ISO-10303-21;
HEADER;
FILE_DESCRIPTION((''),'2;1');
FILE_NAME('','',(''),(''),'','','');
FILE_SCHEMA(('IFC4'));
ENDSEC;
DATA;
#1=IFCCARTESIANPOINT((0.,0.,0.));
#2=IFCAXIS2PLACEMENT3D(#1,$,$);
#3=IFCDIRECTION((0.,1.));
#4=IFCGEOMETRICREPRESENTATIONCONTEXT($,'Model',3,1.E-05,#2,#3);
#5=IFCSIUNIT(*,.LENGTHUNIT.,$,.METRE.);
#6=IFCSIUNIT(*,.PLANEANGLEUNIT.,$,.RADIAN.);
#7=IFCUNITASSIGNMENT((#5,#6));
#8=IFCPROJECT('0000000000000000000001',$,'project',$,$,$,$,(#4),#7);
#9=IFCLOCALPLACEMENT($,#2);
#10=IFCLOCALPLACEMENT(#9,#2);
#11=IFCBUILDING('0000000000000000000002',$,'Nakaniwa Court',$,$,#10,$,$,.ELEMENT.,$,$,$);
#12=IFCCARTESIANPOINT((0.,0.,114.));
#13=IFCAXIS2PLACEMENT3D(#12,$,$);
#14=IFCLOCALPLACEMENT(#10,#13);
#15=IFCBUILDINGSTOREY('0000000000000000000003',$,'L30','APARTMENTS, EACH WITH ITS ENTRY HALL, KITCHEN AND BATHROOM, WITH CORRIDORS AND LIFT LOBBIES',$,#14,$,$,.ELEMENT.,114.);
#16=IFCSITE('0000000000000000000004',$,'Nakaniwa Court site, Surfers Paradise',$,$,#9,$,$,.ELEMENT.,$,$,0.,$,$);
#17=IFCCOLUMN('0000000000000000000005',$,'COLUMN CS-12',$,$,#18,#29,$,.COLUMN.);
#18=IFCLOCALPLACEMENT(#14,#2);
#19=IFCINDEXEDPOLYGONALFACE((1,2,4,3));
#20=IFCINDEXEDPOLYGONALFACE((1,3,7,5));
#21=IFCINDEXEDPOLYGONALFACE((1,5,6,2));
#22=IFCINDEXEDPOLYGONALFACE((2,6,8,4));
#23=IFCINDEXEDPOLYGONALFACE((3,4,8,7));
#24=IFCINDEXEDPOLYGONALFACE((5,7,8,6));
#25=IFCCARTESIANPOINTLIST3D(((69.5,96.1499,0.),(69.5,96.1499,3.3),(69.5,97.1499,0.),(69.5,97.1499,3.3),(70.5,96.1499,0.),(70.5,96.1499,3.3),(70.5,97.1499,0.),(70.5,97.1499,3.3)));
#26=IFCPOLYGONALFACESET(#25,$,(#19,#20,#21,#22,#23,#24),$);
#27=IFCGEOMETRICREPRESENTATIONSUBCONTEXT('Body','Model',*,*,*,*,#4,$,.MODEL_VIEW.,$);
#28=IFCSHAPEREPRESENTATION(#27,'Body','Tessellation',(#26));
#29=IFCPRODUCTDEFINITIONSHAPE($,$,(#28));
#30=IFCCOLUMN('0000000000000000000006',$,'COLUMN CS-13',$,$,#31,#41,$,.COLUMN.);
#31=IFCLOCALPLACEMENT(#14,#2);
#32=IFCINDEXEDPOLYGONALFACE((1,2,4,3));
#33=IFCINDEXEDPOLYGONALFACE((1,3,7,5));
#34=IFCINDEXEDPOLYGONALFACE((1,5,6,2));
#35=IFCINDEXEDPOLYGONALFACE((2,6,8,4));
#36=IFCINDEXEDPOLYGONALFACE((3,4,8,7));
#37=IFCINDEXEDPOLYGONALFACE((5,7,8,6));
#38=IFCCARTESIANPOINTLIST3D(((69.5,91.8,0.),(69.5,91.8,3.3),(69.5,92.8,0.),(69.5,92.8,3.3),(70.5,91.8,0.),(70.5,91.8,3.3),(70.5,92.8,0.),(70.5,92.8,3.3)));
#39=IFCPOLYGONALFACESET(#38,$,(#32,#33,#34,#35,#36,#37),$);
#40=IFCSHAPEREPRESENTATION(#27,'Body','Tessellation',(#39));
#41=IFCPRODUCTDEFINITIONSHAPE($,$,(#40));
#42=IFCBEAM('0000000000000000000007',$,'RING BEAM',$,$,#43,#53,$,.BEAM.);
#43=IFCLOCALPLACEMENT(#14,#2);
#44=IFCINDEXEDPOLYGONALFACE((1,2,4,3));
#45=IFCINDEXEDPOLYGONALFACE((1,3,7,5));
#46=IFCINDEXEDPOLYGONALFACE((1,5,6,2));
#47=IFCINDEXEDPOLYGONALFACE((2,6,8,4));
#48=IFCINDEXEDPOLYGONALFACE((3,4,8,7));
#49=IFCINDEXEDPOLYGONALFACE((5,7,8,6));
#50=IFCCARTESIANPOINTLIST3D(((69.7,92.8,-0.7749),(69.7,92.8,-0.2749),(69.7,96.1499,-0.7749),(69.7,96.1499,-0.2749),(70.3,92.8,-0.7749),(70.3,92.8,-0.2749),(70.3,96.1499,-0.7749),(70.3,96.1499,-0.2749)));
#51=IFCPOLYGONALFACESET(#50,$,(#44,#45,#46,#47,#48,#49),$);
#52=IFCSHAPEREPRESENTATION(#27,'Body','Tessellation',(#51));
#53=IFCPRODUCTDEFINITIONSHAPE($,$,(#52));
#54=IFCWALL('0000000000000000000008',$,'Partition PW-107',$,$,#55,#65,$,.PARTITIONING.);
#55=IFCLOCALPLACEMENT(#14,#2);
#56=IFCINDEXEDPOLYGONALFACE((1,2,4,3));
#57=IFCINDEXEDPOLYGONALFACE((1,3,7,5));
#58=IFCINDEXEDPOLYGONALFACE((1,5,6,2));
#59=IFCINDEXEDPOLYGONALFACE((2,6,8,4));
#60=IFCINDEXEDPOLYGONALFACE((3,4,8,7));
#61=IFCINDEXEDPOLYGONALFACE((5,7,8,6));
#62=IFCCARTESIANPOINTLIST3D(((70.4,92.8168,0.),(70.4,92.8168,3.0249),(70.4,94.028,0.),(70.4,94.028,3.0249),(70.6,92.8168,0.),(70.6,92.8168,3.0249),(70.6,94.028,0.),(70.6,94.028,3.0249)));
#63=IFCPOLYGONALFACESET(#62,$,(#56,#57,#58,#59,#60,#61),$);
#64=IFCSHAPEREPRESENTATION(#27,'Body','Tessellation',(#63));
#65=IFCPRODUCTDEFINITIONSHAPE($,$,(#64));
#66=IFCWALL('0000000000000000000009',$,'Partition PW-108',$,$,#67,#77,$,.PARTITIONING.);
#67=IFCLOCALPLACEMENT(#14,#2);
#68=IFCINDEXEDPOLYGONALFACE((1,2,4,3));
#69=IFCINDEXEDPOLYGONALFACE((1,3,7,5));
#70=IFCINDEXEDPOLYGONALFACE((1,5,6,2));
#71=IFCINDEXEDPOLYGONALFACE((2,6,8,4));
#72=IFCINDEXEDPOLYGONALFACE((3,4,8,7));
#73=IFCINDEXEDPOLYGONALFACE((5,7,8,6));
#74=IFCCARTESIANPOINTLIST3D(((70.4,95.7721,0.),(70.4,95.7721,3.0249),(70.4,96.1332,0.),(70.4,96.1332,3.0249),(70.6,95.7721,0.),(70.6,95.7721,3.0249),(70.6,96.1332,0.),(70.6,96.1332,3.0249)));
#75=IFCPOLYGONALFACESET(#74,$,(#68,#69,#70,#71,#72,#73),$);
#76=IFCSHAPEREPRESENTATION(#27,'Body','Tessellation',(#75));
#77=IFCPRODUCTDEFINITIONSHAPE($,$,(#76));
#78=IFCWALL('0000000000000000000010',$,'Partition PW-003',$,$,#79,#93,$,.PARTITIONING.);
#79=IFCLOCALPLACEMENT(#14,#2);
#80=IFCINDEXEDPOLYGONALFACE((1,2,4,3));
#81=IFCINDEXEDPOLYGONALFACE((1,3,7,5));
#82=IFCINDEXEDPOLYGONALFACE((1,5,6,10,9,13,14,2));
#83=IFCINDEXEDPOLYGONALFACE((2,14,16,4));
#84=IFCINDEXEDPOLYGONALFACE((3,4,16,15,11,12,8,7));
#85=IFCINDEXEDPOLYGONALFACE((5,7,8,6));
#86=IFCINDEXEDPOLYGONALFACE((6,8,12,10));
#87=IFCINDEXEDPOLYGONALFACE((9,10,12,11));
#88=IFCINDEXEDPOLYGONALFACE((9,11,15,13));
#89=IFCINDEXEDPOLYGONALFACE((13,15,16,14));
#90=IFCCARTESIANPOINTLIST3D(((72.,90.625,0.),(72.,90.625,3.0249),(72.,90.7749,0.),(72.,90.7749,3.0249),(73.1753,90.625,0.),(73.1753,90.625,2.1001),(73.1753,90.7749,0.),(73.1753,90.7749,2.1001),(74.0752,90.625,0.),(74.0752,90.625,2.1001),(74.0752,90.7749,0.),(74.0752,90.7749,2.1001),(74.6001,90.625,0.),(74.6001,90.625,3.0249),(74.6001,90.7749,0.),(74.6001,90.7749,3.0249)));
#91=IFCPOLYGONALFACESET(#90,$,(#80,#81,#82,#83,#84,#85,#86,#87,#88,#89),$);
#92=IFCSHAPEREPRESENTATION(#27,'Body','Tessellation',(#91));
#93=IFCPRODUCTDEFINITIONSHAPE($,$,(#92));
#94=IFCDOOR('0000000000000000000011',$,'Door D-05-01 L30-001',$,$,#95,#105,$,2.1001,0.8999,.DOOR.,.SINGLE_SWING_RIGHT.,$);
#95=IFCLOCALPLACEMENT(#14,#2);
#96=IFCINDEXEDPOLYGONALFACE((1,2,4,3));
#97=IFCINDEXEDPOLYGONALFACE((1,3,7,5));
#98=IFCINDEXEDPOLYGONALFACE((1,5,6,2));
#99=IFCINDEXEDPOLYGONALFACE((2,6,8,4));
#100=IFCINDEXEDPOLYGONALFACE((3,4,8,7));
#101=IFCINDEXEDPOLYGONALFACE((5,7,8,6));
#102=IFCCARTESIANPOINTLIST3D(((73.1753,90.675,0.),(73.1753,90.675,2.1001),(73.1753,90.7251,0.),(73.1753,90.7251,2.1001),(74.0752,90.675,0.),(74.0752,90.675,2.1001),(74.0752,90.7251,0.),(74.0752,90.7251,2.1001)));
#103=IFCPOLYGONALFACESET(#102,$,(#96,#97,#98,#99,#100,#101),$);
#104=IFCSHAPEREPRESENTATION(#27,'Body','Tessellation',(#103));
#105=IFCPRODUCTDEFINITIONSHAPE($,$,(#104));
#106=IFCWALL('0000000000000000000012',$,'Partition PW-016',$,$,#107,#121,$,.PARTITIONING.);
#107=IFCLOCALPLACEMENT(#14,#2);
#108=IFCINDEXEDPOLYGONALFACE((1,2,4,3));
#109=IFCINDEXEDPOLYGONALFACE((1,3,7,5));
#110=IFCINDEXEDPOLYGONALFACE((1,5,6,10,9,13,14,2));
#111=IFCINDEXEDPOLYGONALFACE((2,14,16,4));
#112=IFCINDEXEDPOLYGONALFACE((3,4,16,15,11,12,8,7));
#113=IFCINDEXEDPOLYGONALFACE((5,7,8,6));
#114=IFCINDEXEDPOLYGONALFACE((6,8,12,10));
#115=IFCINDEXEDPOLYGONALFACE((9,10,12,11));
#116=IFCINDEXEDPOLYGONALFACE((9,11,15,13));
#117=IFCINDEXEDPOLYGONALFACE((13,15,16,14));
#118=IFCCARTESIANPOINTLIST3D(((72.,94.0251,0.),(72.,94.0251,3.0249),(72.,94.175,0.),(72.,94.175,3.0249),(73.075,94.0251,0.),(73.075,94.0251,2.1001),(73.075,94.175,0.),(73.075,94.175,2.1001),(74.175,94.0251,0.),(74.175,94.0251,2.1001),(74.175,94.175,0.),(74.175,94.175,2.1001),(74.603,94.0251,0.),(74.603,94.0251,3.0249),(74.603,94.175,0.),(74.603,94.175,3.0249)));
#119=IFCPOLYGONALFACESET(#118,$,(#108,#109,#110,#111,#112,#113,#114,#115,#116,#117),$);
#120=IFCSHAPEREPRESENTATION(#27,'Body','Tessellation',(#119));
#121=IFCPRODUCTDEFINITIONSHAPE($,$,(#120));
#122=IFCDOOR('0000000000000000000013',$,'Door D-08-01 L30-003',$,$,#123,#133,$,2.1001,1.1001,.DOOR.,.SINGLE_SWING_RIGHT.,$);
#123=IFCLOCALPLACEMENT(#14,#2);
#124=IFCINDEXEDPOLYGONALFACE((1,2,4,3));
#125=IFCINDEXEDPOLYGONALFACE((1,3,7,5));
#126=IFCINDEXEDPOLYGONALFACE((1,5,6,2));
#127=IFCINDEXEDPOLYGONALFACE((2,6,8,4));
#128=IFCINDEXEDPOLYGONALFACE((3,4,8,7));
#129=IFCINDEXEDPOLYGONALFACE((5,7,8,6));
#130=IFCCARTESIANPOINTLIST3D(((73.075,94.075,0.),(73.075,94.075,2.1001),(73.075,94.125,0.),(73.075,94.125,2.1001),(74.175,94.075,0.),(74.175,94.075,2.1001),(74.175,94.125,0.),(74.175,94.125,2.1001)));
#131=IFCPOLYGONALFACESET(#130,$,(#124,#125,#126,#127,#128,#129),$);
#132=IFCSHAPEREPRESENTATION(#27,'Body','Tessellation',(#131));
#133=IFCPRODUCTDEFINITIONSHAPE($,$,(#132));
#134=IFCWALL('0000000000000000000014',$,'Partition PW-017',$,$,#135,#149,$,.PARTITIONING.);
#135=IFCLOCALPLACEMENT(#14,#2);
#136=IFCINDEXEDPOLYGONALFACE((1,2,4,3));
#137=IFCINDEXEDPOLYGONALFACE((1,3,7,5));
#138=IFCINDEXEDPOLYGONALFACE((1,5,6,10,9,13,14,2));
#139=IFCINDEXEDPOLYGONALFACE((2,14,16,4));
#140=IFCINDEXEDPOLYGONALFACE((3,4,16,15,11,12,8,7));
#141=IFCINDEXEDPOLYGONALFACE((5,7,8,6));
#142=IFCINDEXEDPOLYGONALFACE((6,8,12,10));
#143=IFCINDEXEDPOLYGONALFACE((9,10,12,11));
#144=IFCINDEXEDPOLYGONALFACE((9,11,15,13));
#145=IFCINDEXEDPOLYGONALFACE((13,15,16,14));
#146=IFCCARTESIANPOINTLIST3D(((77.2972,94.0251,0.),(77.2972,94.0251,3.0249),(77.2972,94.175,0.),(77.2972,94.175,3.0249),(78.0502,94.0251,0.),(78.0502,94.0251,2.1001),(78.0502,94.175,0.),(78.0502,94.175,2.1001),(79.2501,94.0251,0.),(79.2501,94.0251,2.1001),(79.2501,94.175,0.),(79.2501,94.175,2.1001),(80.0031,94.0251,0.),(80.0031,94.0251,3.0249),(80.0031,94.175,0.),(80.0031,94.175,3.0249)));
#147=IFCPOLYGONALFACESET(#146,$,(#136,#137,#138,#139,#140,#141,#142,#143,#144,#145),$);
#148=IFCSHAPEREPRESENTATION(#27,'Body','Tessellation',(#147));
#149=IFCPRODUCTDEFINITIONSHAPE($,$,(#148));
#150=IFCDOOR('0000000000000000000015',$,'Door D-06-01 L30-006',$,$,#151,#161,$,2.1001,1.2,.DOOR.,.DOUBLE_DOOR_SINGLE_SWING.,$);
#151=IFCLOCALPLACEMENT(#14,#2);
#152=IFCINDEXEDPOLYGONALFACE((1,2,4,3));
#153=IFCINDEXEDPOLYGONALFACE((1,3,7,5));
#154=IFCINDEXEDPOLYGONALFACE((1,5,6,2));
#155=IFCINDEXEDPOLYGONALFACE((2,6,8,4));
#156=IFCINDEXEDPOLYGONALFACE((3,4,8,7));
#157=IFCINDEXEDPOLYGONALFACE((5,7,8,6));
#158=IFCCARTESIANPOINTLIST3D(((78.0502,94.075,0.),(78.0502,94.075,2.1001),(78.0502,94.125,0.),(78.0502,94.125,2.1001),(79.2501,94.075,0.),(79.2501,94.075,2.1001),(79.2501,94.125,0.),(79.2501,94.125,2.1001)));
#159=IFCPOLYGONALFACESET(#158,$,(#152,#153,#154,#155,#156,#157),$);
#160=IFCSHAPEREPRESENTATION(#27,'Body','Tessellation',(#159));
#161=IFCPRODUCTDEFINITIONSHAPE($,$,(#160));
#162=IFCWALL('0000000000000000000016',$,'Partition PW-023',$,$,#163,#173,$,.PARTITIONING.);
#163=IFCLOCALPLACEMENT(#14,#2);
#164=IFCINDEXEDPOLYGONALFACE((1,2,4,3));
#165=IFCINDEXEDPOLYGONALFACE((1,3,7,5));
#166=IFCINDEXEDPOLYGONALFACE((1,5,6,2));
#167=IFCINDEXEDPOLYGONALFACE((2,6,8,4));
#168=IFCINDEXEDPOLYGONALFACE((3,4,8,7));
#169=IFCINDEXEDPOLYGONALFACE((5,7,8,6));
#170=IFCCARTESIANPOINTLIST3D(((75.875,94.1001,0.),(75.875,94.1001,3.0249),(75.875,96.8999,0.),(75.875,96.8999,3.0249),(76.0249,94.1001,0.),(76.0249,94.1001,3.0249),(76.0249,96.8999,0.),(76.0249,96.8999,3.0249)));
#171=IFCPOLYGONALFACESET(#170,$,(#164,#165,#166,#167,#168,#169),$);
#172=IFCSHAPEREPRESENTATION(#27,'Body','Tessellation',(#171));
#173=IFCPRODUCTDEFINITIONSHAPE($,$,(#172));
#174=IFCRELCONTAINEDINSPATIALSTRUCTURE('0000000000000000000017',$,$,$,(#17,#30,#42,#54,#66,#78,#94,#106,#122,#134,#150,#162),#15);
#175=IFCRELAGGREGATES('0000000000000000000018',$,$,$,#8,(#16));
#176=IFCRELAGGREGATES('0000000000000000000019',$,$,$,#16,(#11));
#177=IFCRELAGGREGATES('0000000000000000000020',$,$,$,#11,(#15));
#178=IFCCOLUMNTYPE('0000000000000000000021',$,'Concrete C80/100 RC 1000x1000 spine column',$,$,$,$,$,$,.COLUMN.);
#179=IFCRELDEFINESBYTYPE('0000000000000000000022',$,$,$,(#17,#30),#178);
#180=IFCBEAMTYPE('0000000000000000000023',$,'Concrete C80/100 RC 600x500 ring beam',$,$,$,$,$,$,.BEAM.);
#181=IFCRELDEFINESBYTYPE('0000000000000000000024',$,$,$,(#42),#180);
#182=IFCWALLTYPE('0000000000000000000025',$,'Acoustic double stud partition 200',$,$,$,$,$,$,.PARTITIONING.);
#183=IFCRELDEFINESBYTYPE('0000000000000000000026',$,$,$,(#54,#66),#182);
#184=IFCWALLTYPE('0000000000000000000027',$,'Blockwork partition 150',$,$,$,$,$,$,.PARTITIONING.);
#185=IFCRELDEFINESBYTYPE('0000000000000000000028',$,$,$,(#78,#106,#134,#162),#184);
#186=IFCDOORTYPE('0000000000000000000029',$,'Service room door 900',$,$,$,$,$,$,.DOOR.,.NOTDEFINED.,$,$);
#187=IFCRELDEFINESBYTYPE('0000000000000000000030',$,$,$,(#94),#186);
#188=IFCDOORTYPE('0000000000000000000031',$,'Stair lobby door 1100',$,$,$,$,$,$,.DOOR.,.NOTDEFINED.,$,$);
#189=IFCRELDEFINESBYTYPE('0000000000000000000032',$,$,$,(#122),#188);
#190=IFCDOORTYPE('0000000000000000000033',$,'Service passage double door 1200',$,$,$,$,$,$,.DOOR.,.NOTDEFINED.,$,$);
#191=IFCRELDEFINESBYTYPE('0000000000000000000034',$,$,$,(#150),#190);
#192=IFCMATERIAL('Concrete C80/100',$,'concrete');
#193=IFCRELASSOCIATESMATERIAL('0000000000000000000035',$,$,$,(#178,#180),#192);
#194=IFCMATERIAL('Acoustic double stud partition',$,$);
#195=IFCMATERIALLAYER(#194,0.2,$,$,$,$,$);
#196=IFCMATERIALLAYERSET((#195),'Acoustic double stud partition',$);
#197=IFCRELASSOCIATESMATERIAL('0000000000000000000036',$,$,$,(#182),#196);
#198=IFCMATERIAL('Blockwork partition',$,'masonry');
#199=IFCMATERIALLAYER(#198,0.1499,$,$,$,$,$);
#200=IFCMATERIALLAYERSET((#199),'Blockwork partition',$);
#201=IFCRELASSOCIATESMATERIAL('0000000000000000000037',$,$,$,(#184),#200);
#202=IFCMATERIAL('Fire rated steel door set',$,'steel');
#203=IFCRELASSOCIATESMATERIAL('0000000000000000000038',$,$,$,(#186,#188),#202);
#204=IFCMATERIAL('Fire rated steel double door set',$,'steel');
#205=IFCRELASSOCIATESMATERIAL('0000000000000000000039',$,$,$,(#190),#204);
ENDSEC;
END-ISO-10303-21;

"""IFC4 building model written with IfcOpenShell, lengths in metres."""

from ifc_helpers import new_model, si_unit, direction, frame, frame_2d, origin, origin_2d, place, context, subcontext, project, spatial, rectangle, extrude, material, layer, layer_set, material_profile, profile_set, type_object, element, fill, save


model = new_model("IFC4")

# Units and contexts
model_context = context("Model", 3, precision=1e-05, world=origin(), true_north=direction((0.0, 1.0)))
body_context = subcontext(model_context, "Body", "Model", "MODEL_VIEW")
ifc_project = project(units=[si_unit("LENGTHUNIT", "METRE"), si_unit("PLANEANGLEUNIT", "RADIAN")], contexts=[model_context])

# Site, building, storey
site_placement = place(None, origin())
site = spatial("IfcSite", under=ifc_project, at=site_placement, Name="Nakaniwa Court site, Surfers Paradise", CompositionType="ELEMENT", RefElevation=0.0)
building_placement = place(site_placement, origin())
building = spatial("IfcBuilding", under=site, at=building_placement, Name="Nakaniwa Court", CompositionType="ELEMENT")
storey_placement = place(building_placement, frame((0.0, 0.0, 114.0)))
storey = spatial("IfcBuildingStorey", under=building, at=storey_placement, Name="L30", Description="APARTMENTS, EACH WITH ITS ENTRY HALL, KITCHEN AND BATHROOM, WITH CORRIDORS AND LIFT LOBBIES", CompositionType="ELEMENT", Elevation=114.0)

# Columns
ifc_material_1 = material(Name="Concrete C80/100", Category="concrete")
ifc_material_profile_1 = material_profile(ifc_material_1, rectangle(XDim=1.0, YDim=1.0, at=origin_2d()), Name="Concrete C80/100 RC 1000x1000 spine column")
ifc_profile_set_1 = profile_set([ifc_material_profile_1], Name="Concrete C80/100")
column_type = type_object("IfcColumnType", Name="Concrete C80/100 RC 1000x1000 spine column", PredefinedType="COLUMN", material=ifc_profile_set_1)
for number, where, z_axis, x_axis, name in (
    (1, (70.0, 96.6499, 0.0), (0.0, 0.0, 1.0), (0.0, -1.0, 0.0), "COLUMN CS-12"),
    (2, (70.0, 92.3, 0.0), (0.0, 0.0, 1.0), (0.0, -1.0, 0.0), "COLUMN CS-13"),
):
    element("IfcColumn", number, at=place(storey_placement, frame(where, z_axis=z_axis, x_axis=x_axis)), inside=storey, type_object=column_type, Name=name, PredefinedType="COLUMN", context=body_context, shape_type="SweptSolid", body=[
        extrude(rectangle(XDim=1.0, YDim=1.0, at=origin_2d()), origin(), (0.0, 0.0, 1.0), 3.3),
    ])

# Beam
ifc_material_profile_2 = material_profile(ifc_material_1, rectangle(XDim=0.6001, YDim=0.5, at=origin_2d()), Name="Concrete C80/100 RC 600x500 ring beam")
ifc_profile_set_2 = profile_set([ifc_material_profile_2], Name="Concrete C80/100")
beam_type = type_object("IfcBeamType", Name="Concrete C80/100 RC 600x500 ring beam", PredefinedType="BEAM", material=ifc_profile_set_2)
beam_placement = place(storey_placement, frame((70.0, 96.1499, -0.5249), z_axis=(0.0, -1.0, 0.0), x_axis=(1.0, 0.0, 0.0)))
element("IfcBeam", 3, at=beam_placement, inside=storey, type_object=beam_type, Name="RING BEAM", PredefinedType="BEAM", context=body_context, shape_type="SweptSolid", body=[
    extrude(rectangle(XDim=0.6001, YDim=0.5, at=origin_2d()), origin(), (0.0, 0.0, 1.0), 3.3499),
])

# Walls
ifc_material_2 = material(Name="Acoustic double stud partition")
ifc_layer_1 = layer(ifc_material_2, 0.2)
ifc_layer_set_1 = layer_set([ifc_layer_1], Name="Acoustic double stud partition")
wall_type_1 = type_object("IfcWallType", Name="Acoustic double stud partition 200", PredefinedType="PARTITIONING", material=ifc_layer_set_1)
wall_1_placement = place(storey_placement, frame((70.5, 92.8169, 0.0), z_axis=(0.0, 0.0, 1.0), x_axis=(0.0, 1.0, 0.0)))
element("IfcWall", 4, at=wall_1_placement, inside=storey, type_object=wall_type_1, Name="Partition PW-107", PredefinedType="PARTITIONING", context=body_context, shape_type="SweptSolid", body=[
    extrude(rectangle(XDim=1.2112, YDim=0.2, at=frame_2d((0.6055, 0.0))), origin(), (0.0, 0.0, 1.0), 3.0249),
])
wall_2_placement = place(storey_placement, frame((70.5, 95.772, 0.0), z_axis=(0.0, 0.0, 1.0), x_axis=(0.0, 1.0, 0.0)))
element("IfcWall", 5, at=wall_2_placement, inside=storey, type_object=wall_type_1, Name="Partition PW-108", PredefinedType="PARTITIONING", context=body_context, shape_type="SweptSolid", body=[
    extrude(rectangle(XDim=0.3611, YDim=0.2, at=frame_2d((0.1807, 0.0))), origin(), (0.0, 0.0, 1.0), 3.0249),
])

# Walls, openings, doors
ifc_material_3 = material(Name="Blockwork partition", Category="masonry")
ifc_layer_2 = layer(ifc_material_3, 0.1499)
ifc_layer_set_2 = layer_set([ifc_layer_2], Name="Blockwork partition")
wall_type_2 = type_object("IfcWallType", Name="Blockwork partition 150", PredefinedType="PARTITIONING", material=ifc_layer_set_2)
wall_3_placement = place(storey_placement, frame((74.6001, 90.7, 0.0), z_axis=(0.0, 0.0, 1.0), x_axis=(-1.0, 0.0, 0.0)))
wall_3 = element("IfcWall", 6, at=wall_3_placement, inside=storey, type_object=wall_type_2, Name="Partition PW-003", PredefinedType="PARTITIONING", context=body_context, shape_type="SweptSolid", body=[
    extrude(rectangle(XDim=2.6001, YDim=0.1499, at=frame_2d((1.3, 0.0))), origin(), (0.0, 0.0, 1.0), 3.0249),
])
opening_1_placement = place(wall_3_placement, frame((0.5249, 0.0, 0.0)))
opening_1 = element("IfcOpeningElement", 7, at=opening_1_placement, cuts=wall_3, PredefinedType="OPENING", context=body_context, shape_type="SweptSolid", body=[
    extrude(rectangle(XDim=0.8999, YDim=2.1001, at=frame_2d((0.45, 1.05))), frame((0.0, 0.085, 0.0), z_axis=(0.0, -1.0, 0.0), x_axis=(1.0, 0.0, 0.0)), (0.0, 0.0, 1.0), 0.1699),
])
ifc_material_4 = material(Name="Fire rated steel door set", Category="steel")
door_type_1 = type_object("IfcDoorType", Name="Service room door 900", OperationType="NOTDEFINED", PredefinedType="DOOR", material=ifc_material_4)
door_1_placement = place(opening_1_placement, origin())
door_1 = element("IfcDoor", 8, at=door_1_placement, inside=storey, type_object=door_type_1, Name="Door D-05-01 L30-001", OperationType="SINGLE_SWING_RIGHT", OverallHeight=2.1001, OverallWidth=0.8999, PredefinedType="DOOR", context=body_context, shape_type="SweptSolid", body=[
    extrude(rectangle(XDim=0.8999, YDim=2.1001, at=frame_2d((0.45, 1.05))), frame((0.0, 0.0249, 0.0), z_axis=(0.0, -1.0, 0.0), x_axis=(1.0, 0.0, 0.0)), (0.0, 0.0, 1.0), 0.05),
])
fill(opening_1, door_1)
wall_4_placement = place(storey_placement, frame((72.0, 94.1001, 0.0), z_axis=(0.0, 0.0, 1.0), x_axis=(1.0, 0.0, 0.0)))
wall_4 = element("IfcWall", 9, at=wall_4_placement, inside=storey, type_object=wall_type_2, Name="Partition PW-016", PredefinedType="PARTITIONING", context=body_context, shape_type="SweptSolid", body=[
    extrude(rectangle(XDim=2.603, YDim=0.1499, at=frame_2d((1.3015, 0.0))), origin(), (0.0, 0.0, 1.0), 3.0249),
])
opening_2_placement = place(wall_4_placement, frame((1.075, 0.0, 0.0)))
opening_2 = element("IfcOpeningElement", 10, at=opening_2_placement, cuts=wall_4, PredefinedType="OPENING", context=body_context, shape_type="SweptSolid", body=[
    extrude(rectangle(XDim=1.1001, YDim=2.1001, at=frame_2d((0.55, 1.05))), frame((0.0, 0.085, 0.0), z_axis=(0.0, -1.0, 0.0), x_axis=(1.0, 0.0, 0.0)), (0.0, 0.0, 1.0), 0.1699),
])
door_type_2 = type_object("IfcDoorType", Name="Stair lobby door 1100", OperationType="NOTDEFINED", PredefinedType="DOOR", material=ifc_material_4)
door_2_placement = place(opening_2_placement, origin())
door_2 = element("IfcDoor", 11, at=door_2_placement, inside=storey, type_object=door_type_2, Name="Door D-08-01 L30-003", OperationType="SINGLE_SWING_RIGHT", OverallHeight=2.1001, OverallWidth=1.1001, PredefinedType="DOOR", context=body_context, shape_type="SweptSolid", body=[
    extrude(rectangle(XDim=1.1001, YDim=2.1001, at=frame_2d((0.55, 1.05))), frame((0.0, 0.0249, 0.0), z_axis=(0.0, -1.0, 0.0), x_axis=(1.0, 0.0, 0.0)), (0.0, 0.0, 1.0), 0.05),
])
fill(opening_2, door_2)
wall_5_placement = place(storey_placement, frame((77.2971, 94.1001, 0.0), z_axis=(0.0, 0.0, 1.0), x_axis=(1.0, 0.0, 0.0)))
wall_5 = element("IfcWall", 12, at=wall_5_placement, inside=storey, type_object=wall_type_2, Name="Partition PW-017", PredefinedType="PARTITIONING", context=body_context, shape_type="SweptSolid", body=[
    extrude(rectangle(XDim=2.7058, YDim=0.1499, at=frame_2d((1.353, 0.0))), origin(), (0.0, 0.0, 1.0), 3.0249),
])
opening_3_placement = place(wall_5_placement, frame((0.7529, 0.0, 0.0)))
opening_3 = element("IfcOpeningElement", 13, at=opening_3_placement, cuts=wall_5, PredefinedType="OPENING", context=body_context, shape_type="SweptSolid", body=[
    extrude(rectangle(XDim=1.2, YDim=2.1001, at=frame_2d((0.6001, 1.05))), frame((0.0, 0.085, 0.0), z_axis=(0.0, -1.0, 0.0), x_axis=(1.0, 0.0, 0.0)), (0.0, 0.0, 1.0), 0.1699),
])
ifc_material_5 = material(Name="Fire rated steel double door set", Category="steel")
door_type_3 = type_object("IfcDoorType", Name="Service passage double door 1200", OperationType="NOTDEFINED", PredefinedType="DOOR", material=ifc_material_5)
door_3_placement = place(opening_3_placement, origin())
door_3 = element("IfcDoor", 14, at=door_3_placement, inside=storey, type_object=door_type_3, Name="Door D-06-01 L30-006", OperationType="DOUBLE_DOOR_SINGLE_SWING", OverallHeight=2.1001, OverallWidth=1.2, PredefinedType="DOOR", context=body_context, shape_type="SweptSolid", body=[
    extrude(rectangle(XDim=1.2, YDim=2.1001, at=frame_2d((0.6001, 1.05))), frame((0.0, 0.0249, 0.0), z_axis=(0.0, -1.0, 0.0), x_axis=(1.0, 0.0, 0.0)), (0.0, 0.0, 1.0), 0.05),
])
fill(opening_3, door_3)

# Wall
wall_6_placement = place(storey_placement, frame((75.95, 94.1001, 0.0), z_axis=(0.0, 0.0, 1.0), x_axis=(0.0, 1.0, 0.0)))
element("IfcWall", 15, at=wall_6_placement, inside=storey, type_object=wall_type_2, Name="Partition PW-023", PredefinedType="PARTITIONING", context=body_context, shape_type="SweptSolid", body=[
    extrude(rectangle(XDim=2.7998, YDim=0.1499, at=frame_2d((1.3999, 0.0))), origin(), (0.0, 0.0, 1.0), 3.0249),
])

save(model, "model.ifc")
